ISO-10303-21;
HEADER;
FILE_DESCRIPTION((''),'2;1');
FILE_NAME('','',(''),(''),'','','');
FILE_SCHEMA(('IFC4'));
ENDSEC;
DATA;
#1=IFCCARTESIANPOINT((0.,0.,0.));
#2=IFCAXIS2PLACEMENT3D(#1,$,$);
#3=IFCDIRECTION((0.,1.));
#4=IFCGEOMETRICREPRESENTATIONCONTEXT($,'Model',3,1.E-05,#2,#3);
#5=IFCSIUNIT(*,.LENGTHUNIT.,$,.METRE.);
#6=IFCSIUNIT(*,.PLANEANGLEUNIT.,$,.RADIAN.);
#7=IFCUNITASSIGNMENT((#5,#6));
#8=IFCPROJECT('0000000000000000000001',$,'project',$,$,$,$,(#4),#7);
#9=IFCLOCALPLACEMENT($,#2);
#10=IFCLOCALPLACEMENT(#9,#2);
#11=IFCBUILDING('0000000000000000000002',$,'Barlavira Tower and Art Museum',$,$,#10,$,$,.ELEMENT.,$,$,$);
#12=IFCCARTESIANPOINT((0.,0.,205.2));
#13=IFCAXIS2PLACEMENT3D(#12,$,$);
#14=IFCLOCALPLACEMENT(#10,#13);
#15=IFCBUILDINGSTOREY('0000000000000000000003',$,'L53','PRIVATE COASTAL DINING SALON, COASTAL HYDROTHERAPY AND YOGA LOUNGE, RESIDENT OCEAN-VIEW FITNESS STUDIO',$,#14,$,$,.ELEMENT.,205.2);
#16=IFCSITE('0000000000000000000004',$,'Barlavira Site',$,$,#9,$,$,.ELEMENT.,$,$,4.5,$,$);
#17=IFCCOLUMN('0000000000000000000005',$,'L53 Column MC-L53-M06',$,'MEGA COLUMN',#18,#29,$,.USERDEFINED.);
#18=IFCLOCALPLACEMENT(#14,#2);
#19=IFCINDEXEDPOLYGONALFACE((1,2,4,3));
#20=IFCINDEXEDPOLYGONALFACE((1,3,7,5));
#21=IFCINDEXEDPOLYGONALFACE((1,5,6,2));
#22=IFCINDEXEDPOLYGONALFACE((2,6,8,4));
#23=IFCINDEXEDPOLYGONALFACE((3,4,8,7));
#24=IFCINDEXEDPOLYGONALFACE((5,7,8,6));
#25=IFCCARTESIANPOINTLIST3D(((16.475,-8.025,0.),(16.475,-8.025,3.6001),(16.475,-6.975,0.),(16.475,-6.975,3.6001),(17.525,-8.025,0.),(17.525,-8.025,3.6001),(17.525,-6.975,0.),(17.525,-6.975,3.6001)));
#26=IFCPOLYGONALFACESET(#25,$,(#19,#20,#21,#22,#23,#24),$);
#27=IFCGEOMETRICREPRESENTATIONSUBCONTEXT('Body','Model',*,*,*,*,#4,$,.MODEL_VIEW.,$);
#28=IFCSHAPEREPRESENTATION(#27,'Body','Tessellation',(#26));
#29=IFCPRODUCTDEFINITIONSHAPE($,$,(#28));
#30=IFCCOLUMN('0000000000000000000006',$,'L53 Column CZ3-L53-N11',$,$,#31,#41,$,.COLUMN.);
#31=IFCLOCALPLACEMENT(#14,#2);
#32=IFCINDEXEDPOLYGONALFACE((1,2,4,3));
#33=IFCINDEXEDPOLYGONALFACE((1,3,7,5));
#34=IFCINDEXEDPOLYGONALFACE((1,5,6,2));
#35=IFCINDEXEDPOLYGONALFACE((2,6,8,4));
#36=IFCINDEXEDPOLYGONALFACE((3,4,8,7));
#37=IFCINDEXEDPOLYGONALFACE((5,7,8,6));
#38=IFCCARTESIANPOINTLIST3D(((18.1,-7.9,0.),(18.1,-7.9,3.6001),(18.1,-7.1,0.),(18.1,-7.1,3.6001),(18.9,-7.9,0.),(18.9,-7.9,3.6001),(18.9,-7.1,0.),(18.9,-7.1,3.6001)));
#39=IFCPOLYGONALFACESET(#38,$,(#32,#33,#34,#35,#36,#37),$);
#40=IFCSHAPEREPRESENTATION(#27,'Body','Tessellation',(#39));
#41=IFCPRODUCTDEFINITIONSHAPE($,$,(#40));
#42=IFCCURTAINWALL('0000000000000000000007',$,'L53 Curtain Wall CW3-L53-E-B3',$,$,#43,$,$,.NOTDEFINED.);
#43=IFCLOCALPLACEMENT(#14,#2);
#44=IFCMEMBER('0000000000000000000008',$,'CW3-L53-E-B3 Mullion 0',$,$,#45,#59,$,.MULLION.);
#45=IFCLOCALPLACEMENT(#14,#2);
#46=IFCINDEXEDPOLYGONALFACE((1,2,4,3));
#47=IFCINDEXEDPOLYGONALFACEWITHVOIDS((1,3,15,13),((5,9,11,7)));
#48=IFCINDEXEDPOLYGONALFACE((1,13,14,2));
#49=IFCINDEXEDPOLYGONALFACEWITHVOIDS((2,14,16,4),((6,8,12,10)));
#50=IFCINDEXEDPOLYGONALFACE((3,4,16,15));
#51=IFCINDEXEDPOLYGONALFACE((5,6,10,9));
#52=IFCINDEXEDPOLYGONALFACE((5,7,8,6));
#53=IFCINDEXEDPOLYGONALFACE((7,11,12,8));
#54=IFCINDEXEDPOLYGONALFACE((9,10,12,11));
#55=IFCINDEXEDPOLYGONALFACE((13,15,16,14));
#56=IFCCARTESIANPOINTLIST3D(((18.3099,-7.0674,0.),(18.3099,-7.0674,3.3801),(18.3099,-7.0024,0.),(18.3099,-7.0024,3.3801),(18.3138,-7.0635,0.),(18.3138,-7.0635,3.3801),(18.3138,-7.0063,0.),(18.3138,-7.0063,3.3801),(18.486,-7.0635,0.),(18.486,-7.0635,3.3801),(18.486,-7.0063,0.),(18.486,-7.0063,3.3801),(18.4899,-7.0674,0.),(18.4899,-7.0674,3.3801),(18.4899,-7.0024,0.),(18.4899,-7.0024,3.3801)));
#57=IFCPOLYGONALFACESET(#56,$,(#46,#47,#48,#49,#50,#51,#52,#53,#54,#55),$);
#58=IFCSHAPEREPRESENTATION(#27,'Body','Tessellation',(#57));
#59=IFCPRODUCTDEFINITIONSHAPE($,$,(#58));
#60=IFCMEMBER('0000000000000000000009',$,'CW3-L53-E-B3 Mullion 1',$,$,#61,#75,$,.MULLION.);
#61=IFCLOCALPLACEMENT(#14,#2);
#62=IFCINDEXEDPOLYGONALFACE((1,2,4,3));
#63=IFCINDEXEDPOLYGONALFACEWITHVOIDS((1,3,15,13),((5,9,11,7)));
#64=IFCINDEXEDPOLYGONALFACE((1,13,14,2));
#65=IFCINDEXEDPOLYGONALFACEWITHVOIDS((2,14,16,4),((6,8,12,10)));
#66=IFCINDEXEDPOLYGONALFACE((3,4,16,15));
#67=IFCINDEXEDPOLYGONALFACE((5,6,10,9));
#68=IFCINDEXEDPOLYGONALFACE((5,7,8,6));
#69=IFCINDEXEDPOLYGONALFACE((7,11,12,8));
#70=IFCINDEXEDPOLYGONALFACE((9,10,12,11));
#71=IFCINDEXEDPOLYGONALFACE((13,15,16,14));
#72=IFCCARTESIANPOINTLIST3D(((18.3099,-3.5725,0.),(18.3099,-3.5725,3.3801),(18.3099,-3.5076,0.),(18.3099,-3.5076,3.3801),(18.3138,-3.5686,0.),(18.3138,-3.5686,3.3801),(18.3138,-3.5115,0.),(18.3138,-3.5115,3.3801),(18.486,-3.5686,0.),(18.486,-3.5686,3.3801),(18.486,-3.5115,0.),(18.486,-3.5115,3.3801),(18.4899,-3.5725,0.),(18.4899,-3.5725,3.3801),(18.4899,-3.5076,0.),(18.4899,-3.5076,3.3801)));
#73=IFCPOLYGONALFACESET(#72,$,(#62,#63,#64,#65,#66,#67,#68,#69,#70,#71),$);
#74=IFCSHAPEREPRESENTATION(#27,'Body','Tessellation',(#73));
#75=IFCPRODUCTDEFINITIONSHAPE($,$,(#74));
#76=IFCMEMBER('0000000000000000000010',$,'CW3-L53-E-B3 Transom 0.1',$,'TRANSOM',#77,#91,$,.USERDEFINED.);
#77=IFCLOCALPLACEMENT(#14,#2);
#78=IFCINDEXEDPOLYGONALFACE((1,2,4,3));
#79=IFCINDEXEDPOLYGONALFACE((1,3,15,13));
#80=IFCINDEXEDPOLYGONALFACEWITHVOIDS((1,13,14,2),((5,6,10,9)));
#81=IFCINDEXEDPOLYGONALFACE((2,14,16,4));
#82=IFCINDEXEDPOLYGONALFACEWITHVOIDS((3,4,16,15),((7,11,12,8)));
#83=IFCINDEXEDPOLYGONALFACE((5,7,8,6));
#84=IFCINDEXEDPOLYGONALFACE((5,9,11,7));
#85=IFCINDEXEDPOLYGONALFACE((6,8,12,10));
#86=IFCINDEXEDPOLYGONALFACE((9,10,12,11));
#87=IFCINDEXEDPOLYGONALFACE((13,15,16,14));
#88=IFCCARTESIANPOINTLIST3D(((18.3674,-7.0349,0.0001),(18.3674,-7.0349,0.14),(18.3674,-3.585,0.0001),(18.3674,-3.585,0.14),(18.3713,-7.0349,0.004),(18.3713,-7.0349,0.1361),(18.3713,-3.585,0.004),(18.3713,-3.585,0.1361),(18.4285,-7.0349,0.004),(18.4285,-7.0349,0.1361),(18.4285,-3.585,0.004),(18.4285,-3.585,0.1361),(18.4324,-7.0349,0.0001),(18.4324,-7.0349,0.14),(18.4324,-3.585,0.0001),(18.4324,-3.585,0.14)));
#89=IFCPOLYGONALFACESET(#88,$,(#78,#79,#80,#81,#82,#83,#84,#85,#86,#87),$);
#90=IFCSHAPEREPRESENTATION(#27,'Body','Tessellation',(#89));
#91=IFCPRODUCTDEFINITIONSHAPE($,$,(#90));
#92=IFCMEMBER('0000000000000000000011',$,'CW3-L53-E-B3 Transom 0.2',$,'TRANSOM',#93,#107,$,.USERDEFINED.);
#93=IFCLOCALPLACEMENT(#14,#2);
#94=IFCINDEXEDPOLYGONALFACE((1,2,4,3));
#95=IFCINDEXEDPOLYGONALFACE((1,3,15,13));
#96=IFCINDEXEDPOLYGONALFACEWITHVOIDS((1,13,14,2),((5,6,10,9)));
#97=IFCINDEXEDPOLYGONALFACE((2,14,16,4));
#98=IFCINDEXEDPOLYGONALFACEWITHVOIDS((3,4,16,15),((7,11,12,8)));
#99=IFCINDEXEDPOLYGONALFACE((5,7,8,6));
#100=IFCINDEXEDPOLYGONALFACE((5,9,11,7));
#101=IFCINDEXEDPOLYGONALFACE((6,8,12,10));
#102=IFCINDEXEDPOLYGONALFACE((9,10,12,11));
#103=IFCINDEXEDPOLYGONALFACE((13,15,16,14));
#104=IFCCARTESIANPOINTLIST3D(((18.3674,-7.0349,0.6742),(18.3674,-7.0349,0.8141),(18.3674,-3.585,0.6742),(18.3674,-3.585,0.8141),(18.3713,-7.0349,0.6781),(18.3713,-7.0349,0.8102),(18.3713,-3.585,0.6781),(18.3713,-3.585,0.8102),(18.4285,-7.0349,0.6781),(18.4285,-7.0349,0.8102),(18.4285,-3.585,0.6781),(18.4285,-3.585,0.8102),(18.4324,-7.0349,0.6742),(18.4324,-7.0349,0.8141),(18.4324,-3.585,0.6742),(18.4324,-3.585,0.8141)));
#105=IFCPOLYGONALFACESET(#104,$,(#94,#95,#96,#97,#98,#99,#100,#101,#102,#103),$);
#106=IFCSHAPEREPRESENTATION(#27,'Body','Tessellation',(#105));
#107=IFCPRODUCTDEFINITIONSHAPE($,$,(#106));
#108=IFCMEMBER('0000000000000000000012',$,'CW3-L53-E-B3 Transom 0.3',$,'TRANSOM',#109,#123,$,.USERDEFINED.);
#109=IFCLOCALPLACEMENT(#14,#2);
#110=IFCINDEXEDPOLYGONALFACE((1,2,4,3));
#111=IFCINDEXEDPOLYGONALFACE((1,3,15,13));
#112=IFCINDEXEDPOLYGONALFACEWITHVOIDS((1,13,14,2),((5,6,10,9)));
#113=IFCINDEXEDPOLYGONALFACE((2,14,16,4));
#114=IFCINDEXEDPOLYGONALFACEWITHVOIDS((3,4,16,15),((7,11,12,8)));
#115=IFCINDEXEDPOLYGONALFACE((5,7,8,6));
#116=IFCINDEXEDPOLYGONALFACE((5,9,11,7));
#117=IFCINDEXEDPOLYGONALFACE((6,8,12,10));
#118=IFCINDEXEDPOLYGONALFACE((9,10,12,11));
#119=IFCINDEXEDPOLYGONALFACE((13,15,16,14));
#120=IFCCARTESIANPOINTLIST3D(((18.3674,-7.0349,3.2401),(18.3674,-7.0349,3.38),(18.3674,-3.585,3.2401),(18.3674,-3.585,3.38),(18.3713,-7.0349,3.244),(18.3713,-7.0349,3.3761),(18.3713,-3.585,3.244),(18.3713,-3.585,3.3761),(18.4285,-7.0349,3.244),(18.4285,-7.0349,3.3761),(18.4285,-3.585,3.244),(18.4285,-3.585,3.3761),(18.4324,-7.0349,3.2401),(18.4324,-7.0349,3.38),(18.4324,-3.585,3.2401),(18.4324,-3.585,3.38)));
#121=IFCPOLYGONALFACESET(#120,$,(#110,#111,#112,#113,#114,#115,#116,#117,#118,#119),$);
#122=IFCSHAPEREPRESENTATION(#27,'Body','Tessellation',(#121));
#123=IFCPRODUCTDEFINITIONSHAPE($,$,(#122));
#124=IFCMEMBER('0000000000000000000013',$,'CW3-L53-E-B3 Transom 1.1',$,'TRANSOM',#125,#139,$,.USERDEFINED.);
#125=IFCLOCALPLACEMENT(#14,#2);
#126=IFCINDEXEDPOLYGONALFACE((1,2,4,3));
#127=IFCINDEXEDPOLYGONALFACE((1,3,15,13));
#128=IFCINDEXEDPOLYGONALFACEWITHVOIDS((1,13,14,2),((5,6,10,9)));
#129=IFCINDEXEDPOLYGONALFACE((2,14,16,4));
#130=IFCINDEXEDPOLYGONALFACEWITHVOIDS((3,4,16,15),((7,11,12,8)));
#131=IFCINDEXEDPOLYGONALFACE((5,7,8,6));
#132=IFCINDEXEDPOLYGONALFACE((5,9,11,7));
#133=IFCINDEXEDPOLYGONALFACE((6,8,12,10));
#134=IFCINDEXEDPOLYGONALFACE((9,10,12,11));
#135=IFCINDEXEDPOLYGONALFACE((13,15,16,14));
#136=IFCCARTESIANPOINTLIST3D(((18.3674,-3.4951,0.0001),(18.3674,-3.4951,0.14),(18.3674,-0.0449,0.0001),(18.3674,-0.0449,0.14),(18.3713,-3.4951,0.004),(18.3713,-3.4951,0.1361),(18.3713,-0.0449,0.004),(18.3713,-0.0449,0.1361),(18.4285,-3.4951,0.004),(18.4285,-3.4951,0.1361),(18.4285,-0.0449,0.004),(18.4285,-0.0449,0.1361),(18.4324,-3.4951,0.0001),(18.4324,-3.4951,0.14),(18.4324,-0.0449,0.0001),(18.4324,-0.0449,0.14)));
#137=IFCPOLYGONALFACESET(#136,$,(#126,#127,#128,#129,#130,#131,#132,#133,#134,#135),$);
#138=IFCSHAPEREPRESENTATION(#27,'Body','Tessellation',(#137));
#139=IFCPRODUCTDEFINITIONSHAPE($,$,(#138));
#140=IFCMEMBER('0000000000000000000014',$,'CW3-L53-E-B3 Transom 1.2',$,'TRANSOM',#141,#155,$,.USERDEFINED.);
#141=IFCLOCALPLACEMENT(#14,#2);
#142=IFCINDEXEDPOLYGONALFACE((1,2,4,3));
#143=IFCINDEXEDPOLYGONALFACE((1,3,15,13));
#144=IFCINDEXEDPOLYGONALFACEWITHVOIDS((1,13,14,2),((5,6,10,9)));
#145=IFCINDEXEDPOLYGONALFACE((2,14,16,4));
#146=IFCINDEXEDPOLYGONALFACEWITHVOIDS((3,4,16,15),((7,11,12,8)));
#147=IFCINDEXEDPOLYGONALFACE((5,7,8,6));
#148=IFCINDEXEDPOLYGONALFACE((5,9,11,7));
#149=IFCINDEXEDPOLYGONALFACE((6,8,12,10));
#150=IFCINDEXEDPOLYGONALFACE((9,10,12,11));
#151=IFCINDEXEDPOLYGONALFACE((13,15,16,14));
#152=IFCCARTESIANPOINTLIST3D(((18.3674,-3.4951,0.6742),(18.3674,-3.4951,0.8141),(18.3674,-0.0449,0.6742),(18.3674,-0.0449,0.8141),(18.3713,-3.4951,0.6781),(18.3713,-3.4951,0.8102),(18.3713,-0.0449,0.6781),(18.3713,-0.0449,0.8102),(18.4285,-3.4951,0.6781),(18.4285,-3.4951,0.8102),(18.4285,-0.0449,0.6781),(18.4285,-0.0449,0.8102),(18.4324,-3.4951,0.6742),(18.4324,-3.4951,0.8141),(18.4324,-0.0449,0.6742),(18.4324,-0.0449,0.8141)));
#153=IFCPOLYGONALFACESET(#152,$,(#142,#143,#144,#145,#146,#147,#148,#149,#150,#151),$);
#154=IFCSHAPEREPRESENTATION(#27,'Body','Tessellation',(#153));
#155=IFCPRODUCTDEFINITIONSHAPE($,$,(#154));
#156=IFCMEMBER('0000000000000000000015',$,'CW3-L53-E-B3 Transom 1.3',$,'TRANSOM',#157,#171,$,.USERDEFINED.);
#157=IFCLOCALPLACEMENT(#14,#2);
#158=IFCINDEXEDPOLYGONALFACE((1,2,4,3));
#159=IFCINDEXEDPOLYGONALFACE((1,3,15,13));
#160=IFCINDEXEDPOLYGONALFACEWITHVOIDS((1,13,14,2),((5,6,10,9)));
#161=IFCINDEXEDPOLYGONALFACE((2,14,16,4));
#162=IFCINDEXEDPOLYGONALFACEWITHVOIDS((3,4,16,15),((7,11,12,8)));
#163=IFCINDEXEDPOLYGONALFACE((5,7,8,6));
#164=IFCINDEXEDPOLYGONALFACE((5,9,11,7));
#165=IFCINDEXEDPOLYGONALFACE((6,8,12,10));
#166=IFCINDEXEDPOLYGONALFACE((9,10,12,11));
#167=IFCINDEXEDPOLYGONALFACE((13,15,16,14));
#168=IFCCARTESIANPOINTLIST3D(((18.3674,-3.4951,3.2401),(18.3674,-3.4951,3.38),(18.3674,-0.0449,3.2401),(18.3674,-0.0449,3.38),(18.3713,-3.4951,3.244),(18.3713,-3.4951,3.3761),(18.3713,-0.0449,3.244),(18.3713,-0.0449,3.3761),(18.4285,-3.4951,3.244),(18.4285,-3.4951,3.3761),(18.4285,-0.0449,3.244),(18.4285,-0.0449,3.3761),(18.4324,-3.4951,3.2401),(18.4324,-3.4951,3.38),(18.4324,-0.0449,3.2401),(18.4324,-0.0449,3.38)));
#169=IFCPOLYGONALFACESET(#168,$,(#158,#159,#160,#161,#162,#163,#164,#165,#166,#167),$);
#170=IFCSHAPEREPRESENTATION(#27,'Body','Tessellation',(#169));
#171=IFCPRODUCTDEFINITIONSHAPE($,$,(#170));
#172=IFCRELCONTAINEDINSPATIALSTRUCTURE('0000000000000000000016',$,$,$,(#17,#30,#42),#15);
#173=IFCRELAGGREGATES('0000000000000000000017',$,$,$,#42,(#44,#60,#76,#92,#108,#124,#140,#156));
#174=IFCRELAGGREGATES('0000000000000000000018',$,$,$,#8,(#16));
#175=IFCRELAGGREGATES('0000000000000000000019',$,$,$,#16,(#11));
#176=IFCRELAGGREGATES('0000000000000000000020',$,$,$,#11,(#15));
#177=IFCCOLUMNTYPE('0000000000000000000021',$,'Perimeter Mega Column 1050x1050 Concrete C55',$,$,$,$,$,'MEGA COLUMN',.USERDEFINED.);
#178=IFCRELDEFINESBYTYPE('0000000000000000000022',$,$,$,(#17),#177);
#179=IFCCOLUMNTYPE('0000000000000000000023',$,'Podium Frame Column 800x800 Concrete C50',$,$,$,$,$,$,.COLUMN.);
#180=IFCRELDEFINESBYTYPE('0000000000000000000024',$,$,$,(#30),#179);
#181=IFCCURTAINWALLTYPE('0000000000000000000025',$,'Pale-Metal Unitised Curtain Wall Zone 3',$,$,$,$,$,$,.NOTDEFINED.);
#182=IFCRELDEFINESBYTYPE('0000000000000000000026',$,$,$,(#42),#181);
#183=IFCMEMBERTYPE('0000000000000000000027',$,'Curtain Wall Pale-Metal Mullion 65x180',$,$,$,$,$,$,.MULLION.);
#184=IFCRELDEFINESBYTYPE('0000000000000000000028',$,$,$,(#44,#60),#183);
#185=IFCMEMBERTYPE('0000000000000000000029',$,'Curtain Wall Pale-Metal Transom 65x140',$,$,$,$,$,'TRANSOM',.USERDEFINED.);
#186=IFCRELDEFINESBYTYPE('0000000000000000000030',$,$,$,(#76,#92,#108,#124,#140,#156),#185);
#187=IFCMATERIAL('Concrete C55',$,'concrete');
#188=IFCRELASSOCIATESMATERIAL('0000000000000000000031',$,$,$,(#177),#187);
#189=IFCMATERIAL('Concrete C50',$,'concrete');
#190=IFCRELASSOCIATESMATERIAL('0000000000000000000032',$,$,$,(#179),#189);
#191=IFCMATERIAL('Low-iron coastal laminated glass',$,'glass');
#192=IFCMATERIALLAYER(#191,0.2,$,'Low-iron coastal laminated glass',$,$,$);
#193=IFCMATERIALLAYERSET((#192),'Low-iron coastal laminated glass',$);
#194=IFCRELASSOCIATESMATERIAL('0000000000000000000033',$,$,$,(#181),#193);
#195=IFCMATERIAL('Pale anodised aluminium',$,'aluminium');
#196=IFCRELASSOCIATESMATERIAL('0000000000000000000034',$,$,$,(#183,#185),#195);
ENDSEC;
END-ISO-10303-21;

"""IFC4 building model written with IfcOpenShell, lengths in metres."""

from ifc_helpers import new_model, si_unit, direction, frame, origin, origin_2d, place, context, subcontext, project, spatial, rectangle, hollow_rectangle, extrude, material, layer, layer_set, material_profile, profile_set, type_object, element, aggregate, save


model = new_model("IFC4")

# Units and contexts
model_context = context("Model", 3, precision=1e-05, world=origin(), true_north=direction((0.0, 1.0)))
body_context = subcontext(model_context, "Body", "Model", "MODEL_VIEW")
ifc_project = project(units=[si_unit("LENGTHUNIT", "METRE"), si_unit("PLANEANGLEUNIT", "RADIAN")], contexts=[model_context])

# Site, building, storey
site_placement = place(None, origin())
site = spatial("IfcSite", under=ifc_project, at=site_placement, Name="Barlavira Site", CompositionType="ELEMENT", RefElevation=4.5)
building_placement = place(site_placement, origin())
building = spatial("IfcBuilding", under=site, at=building_placement, Name="Barlavira Tower and Art Museum", CompositionType="ELEMENT")
storey_placement = place(building_placement, frame((0.0, 0.0, 205.2)))
storey = spatial("IfcBuildingStorey", under=building, at=storey_placement, Name="L53", Description="PRIVATE COASTAL DINING SALON, COASTAL HYDROTHERAPY AND YOGA LOUNGE, RESIDENT OCEAN-VIEW FITNESS STUDIO", CompositionType="ELEMENT", Elevation=205.2)

# Columns
ifc_material_1 = material(Name="Concrete C55", Category="concrete")
ifc_material_profile_1 = material_profile(ifc_material_1, rectangle(XDim=1.05, YDim=1.05, at=origin_2d()), Name="RC-COL 1050x1050")
ifc_profile_set_1 = profile_set([ifc_material_profile_1], Name="Concrete C55")
column_type_1 = type_object("IfcColumnType", Name="Perimeter Mega Column 1050x1050 Concrete C55", ElementType="MEGA COLUMN", PredefinedType="USERDEFINED", material=ifc_profile_set_1)
column_1_placement = place(storey_placement, frame((17.0, -7.5, 0.0), z_axis=(0.0, 0.0, 1.0), x_axis=(1.0, 0.0, 0.0)))
element("IfcColumn", 1, at=column_1_placement, inside=storey, type_object=column_type_1, Name="L53 Column MC-L53-M06", ObjectType="MEGA COLUMN", PredefinedType="USERDEFINED", context=body_context, shape_type="SweptSolid", body=[
    extrude(rectangle(XDim=1.05, YDim=1.05, at=origin_2d()), origin(), (0.0, 0.0, 1.0), 3.6001),
])
ifc_material_2 = material(Name="Concrete C50", Category="concrete")
ifc_material_profile_2 = material_profile(ifc_material_2, rectangle(XDim=0.8, YDim=0.8, at=origin_2d()), Name="RC-COL 800x800")
ifc_profile_set_2 = profile_set([ifc_material_profile_2], Name="Concrete C50")
column_type_2 = type_object("IfcColumnType", Name="Podium Frame Column 800x800 Concrete C50", PredefinedType="COLUMN", material=ifc_profile_set_2)
column_2_placement = place(storey_placement, frame((18.5, -7.5, 0.0), z_axis=(0.0, 0.0, 1.0), x_axis=(1.0, 0.0, 0.0)))
element("IfcColumn", 2, at=column_2_placement, inside=storey, type_object=column_type_2, Name="L53 Column CZ3-L53-N11", PredefinedType="COLUMN", context=body_context, shape_type="SweptSolid", body=[
    extrude(rectangle(XDim=0.8, YDim=0.8, at=origin_2d()), origin(), (0.0, 0.0, 1.0), 3.6001),
])

# Curtain wall, members
ifc_material_3 = material(Name="Low-iron coastal laminated glass", Category="glass")
ifc_layer_1 = layer(ifc_material_3, 0.2, Name="Low-iron coastal laminated glass")
ifc_layer_set_1 = layer_set([ifc_layer_1], Name="Low-iron coastal laminated glass")
curtain_wall_type = type_object("IfcCurtainWallType", Name="Pale-Metal Unitised Curtain Wall Zone 3", PredefinedType="NOTDEFINED", material=ifc_layer_set_1)
curtain_wall_placement = place(storey_placement, origin())
curtain_wall = element("IfcCurtainWall", 3, at=curtain_wall_placement, inside=storey, type_object=curtain_wall_type, Name="L53 Curtain Wall CW3-L53-E-B3", PredefinedType="NOTDEFINED")
ifc_material_4 = material(Name="Pale anodised aluminium", Category="aluminium")
ifc_material_profile_3 = material_profile(ifc_material_4, hollow_rectangle(XDim=0.0649, YDim=0.1799, WallThickness=0.0039, at=origin_2d()), Name="ALU-MULL 65x180x4")
ifc_profile_set_3 = profile_set([ifc_material_profile_3], Name="Pale anodised aluminium")
member_type_1 = type_object("IfcMemberType", Name="Curtain Wall Pale-Metal Mullion 65x180", PredefinedType="MULLION", material=ifc_profile_set_3)
member_1_placement = place(storey_placement, frame((18.3999, -7.0349, 0.0), z_axis=(0.0, 0.0, 1.0), x_axis=(0.0, 1.0, 0.0)))
member_1 = element("IfcMember", 4, at=member_1_placement, type_object=member_type_1, Name="CW3-L53-E-B3 Mullion 0", PredefinedType="MULLION", context=body_context, shape_type="SweptSolid", body=[
    extrude(hollow_rectangle(XDim=0.0649, YDim=0.1799, WallThickness=0.0039, at=origin_2d()), origin(), (0.0, 0.0, 1.0), 3.3801),
])
member_2_placement = place(storey_placement, frame((18.3999, -3.54, 0.0), z_axis=(0.0, 0.0, 1.0), x_axis=(0.0, 1.0, 0.0)))
member_2 = element("IfcMember", 5, at=member_2_placement, type_object=member_type_1, Name="CW3-L53-E-B3 Mullion 1", PredefinedType="MULLION", context=body_context, shape_type="SweptSolid", body=[
    extrude(hollow_rectangle(XDim=0.0649, YDim=0.1799, WallThickness=0.0039, at=origin_2d()), origin(), (0.0, 0.0, 1.0), 3.3801),
])
ifc_material_profile_4 = material_profile(ifc_material_4, hollow_rectangle(XDim=0.0649, YDim=0.1399, WallThickness=0.0039, at=origin_2d()), Name="ALU-TRAN 65x140x4")
ifc_profile_set_4 = profile_set([ifc_material_profile_4], Name="Pale anodised aluminium")
member_type_2 = type_object("IfcMemberType", Name="Curtain Wall Pale-Metal Transom 65x140", ElementType="TRANSOM", PredefinedType="USERDEFINED", material=ifc_profile_set_4)
member_3_placement = place(storey_placement, frame((18.3999, -7.0349, 0.0701), z_axis=(0.0, 1.0, 0.0), x_axis=(-1.0, 0.0, 0.0)))
member_3 = element("IfcMember", 6, at=member_3_placement, type_object=member_type_2, Name="CW3-L53-E-B3 Transom 0.1", ObjectType="TRANSOM", PredefinedType="USERDEFINED", context=body_context, shape_type="SweptSolid", body=[
    extrude(hollow_rectangle(XDim=0.0649, YDim=0.1399, WallThickness=0.0039, at=origin_2d()), origin(), (0.0, 0.0, 1.0), 3.45),
])
member_4_placement = place(storey_placement, frame((18.3999, -7.0349, 0.7441), z_axis=(0.0, 1.0, 0.0), x_axis=(-1.0, 0.0, 0.0)))
member_4 = element("IfcMember", 7, at=member_4_placement, type_object=member_type_2, Name="CW3-L53-E-B3 Transom 0.2", ObjectType="TRANSOM", PredefinedType="USERDEFINED", context=body_context, shape_type="SweptSolid", body=[
    extrude(hollow_rectangle(XDim=0.0649, YDim=0.1399, WallThickness=0.0039, at=origin_2d()), origin(), (0.0, 0.0, 1.0), 3.45),
])
member_5_placement = place(storey_placement, frame((18.3999, -7.0349, 3.3101), z_axis=(0.0, 1.0, 0.0), x_axis=(-1.0, 0.0, 0.0)))
member_5 = element("IfcMember", 8, at=member_5_placement, type_object=member_type_2, Name="CW3-L53-E-B3 Transom 0.3", ObjectType="TRANSOM", PredefinedType="USERDEFINED", context=body_context, shape_type="SweptSolid", body=[
    extrude(hollow_rectangle(XDim=0.0649, YDim=0.1399, WallThickness=0.0039, at=origin_2d()), origin(), (0.0, 0.0, 1.0), 3.45),
])
member_6_placement = place(storey_placement, frame((18.3999, -3.4951, 0.0701), z_axis=(0.0, 1.0, 0.0), x_axis=(-1.0, 0.0, 0.0)))
member_6 = element("IfcMember", 9, at=member_6_placement, type_object=member_type_2, Name="CW3-L53-E-B3 Transom 1.1", ObjectType="TRANSOM", PredefinedType="USERDEFINED", context=body_context, shape_type="SweptSolid", body=[
    extrude(hollow_rectangle(XDim=0.0649, YDim=0.1399, WallThickness=0.0039, at=origin_2d()), origin(), (0.0, 0.0, 1.0), 3.4502),
])
member_7_placement = place(storey_placement, frame((18.3999, -3.4951, 0.7441), z_axis=(0.0, 1.0, 0.0), x_axis=(-1.0, 0.0, 0.0)))
member_7 = element("IfcMember", 10, at=member_7_placement, type_object=member_type_2, Name="CW3-L53-E-B3 Transom 1.2", ObjectType="TRANSOM", PredefinedType="USERDEFINED", context=body_context, shape_type="SweptSolid", body=[
    extrude(hollow_rectangle(XDim=0.0649, YDim=0.1399, WallThickness=0.0039, at=origin_2d()), origin(), (0.0, 0.0, 1.0), 3.4502),
])
member_8_placement = place(storey_placement, frame((18.3999, -3.4951, 3.3101), z_axis=(0.0, 1.0, 0.0), x_axis=(-1.0, 0.0, 0.0)))
member_8 = element("IfcMember", 11, at=member_8_placement, type_object=member_type_2, Name="CW3-L53-E-B3 Transom 1.3", ObjectType="TRANSOM", PredefinedType="USERDEFINED", context=body_context, shape_type="SweptSolid", body=[
    extrude(hollow_rectangle(XDim=0.0649, YDim=0.1399, WallThickness=0.0039, at=origin_2d()), origin(), (0.0, 0.0, 1.0), 3.4502),
])

aggregate(curtain_wall, [member_1, member_2, member_3, member_4, member_5, member_6, member_7, member_8])

save(model, "model.ifc")
